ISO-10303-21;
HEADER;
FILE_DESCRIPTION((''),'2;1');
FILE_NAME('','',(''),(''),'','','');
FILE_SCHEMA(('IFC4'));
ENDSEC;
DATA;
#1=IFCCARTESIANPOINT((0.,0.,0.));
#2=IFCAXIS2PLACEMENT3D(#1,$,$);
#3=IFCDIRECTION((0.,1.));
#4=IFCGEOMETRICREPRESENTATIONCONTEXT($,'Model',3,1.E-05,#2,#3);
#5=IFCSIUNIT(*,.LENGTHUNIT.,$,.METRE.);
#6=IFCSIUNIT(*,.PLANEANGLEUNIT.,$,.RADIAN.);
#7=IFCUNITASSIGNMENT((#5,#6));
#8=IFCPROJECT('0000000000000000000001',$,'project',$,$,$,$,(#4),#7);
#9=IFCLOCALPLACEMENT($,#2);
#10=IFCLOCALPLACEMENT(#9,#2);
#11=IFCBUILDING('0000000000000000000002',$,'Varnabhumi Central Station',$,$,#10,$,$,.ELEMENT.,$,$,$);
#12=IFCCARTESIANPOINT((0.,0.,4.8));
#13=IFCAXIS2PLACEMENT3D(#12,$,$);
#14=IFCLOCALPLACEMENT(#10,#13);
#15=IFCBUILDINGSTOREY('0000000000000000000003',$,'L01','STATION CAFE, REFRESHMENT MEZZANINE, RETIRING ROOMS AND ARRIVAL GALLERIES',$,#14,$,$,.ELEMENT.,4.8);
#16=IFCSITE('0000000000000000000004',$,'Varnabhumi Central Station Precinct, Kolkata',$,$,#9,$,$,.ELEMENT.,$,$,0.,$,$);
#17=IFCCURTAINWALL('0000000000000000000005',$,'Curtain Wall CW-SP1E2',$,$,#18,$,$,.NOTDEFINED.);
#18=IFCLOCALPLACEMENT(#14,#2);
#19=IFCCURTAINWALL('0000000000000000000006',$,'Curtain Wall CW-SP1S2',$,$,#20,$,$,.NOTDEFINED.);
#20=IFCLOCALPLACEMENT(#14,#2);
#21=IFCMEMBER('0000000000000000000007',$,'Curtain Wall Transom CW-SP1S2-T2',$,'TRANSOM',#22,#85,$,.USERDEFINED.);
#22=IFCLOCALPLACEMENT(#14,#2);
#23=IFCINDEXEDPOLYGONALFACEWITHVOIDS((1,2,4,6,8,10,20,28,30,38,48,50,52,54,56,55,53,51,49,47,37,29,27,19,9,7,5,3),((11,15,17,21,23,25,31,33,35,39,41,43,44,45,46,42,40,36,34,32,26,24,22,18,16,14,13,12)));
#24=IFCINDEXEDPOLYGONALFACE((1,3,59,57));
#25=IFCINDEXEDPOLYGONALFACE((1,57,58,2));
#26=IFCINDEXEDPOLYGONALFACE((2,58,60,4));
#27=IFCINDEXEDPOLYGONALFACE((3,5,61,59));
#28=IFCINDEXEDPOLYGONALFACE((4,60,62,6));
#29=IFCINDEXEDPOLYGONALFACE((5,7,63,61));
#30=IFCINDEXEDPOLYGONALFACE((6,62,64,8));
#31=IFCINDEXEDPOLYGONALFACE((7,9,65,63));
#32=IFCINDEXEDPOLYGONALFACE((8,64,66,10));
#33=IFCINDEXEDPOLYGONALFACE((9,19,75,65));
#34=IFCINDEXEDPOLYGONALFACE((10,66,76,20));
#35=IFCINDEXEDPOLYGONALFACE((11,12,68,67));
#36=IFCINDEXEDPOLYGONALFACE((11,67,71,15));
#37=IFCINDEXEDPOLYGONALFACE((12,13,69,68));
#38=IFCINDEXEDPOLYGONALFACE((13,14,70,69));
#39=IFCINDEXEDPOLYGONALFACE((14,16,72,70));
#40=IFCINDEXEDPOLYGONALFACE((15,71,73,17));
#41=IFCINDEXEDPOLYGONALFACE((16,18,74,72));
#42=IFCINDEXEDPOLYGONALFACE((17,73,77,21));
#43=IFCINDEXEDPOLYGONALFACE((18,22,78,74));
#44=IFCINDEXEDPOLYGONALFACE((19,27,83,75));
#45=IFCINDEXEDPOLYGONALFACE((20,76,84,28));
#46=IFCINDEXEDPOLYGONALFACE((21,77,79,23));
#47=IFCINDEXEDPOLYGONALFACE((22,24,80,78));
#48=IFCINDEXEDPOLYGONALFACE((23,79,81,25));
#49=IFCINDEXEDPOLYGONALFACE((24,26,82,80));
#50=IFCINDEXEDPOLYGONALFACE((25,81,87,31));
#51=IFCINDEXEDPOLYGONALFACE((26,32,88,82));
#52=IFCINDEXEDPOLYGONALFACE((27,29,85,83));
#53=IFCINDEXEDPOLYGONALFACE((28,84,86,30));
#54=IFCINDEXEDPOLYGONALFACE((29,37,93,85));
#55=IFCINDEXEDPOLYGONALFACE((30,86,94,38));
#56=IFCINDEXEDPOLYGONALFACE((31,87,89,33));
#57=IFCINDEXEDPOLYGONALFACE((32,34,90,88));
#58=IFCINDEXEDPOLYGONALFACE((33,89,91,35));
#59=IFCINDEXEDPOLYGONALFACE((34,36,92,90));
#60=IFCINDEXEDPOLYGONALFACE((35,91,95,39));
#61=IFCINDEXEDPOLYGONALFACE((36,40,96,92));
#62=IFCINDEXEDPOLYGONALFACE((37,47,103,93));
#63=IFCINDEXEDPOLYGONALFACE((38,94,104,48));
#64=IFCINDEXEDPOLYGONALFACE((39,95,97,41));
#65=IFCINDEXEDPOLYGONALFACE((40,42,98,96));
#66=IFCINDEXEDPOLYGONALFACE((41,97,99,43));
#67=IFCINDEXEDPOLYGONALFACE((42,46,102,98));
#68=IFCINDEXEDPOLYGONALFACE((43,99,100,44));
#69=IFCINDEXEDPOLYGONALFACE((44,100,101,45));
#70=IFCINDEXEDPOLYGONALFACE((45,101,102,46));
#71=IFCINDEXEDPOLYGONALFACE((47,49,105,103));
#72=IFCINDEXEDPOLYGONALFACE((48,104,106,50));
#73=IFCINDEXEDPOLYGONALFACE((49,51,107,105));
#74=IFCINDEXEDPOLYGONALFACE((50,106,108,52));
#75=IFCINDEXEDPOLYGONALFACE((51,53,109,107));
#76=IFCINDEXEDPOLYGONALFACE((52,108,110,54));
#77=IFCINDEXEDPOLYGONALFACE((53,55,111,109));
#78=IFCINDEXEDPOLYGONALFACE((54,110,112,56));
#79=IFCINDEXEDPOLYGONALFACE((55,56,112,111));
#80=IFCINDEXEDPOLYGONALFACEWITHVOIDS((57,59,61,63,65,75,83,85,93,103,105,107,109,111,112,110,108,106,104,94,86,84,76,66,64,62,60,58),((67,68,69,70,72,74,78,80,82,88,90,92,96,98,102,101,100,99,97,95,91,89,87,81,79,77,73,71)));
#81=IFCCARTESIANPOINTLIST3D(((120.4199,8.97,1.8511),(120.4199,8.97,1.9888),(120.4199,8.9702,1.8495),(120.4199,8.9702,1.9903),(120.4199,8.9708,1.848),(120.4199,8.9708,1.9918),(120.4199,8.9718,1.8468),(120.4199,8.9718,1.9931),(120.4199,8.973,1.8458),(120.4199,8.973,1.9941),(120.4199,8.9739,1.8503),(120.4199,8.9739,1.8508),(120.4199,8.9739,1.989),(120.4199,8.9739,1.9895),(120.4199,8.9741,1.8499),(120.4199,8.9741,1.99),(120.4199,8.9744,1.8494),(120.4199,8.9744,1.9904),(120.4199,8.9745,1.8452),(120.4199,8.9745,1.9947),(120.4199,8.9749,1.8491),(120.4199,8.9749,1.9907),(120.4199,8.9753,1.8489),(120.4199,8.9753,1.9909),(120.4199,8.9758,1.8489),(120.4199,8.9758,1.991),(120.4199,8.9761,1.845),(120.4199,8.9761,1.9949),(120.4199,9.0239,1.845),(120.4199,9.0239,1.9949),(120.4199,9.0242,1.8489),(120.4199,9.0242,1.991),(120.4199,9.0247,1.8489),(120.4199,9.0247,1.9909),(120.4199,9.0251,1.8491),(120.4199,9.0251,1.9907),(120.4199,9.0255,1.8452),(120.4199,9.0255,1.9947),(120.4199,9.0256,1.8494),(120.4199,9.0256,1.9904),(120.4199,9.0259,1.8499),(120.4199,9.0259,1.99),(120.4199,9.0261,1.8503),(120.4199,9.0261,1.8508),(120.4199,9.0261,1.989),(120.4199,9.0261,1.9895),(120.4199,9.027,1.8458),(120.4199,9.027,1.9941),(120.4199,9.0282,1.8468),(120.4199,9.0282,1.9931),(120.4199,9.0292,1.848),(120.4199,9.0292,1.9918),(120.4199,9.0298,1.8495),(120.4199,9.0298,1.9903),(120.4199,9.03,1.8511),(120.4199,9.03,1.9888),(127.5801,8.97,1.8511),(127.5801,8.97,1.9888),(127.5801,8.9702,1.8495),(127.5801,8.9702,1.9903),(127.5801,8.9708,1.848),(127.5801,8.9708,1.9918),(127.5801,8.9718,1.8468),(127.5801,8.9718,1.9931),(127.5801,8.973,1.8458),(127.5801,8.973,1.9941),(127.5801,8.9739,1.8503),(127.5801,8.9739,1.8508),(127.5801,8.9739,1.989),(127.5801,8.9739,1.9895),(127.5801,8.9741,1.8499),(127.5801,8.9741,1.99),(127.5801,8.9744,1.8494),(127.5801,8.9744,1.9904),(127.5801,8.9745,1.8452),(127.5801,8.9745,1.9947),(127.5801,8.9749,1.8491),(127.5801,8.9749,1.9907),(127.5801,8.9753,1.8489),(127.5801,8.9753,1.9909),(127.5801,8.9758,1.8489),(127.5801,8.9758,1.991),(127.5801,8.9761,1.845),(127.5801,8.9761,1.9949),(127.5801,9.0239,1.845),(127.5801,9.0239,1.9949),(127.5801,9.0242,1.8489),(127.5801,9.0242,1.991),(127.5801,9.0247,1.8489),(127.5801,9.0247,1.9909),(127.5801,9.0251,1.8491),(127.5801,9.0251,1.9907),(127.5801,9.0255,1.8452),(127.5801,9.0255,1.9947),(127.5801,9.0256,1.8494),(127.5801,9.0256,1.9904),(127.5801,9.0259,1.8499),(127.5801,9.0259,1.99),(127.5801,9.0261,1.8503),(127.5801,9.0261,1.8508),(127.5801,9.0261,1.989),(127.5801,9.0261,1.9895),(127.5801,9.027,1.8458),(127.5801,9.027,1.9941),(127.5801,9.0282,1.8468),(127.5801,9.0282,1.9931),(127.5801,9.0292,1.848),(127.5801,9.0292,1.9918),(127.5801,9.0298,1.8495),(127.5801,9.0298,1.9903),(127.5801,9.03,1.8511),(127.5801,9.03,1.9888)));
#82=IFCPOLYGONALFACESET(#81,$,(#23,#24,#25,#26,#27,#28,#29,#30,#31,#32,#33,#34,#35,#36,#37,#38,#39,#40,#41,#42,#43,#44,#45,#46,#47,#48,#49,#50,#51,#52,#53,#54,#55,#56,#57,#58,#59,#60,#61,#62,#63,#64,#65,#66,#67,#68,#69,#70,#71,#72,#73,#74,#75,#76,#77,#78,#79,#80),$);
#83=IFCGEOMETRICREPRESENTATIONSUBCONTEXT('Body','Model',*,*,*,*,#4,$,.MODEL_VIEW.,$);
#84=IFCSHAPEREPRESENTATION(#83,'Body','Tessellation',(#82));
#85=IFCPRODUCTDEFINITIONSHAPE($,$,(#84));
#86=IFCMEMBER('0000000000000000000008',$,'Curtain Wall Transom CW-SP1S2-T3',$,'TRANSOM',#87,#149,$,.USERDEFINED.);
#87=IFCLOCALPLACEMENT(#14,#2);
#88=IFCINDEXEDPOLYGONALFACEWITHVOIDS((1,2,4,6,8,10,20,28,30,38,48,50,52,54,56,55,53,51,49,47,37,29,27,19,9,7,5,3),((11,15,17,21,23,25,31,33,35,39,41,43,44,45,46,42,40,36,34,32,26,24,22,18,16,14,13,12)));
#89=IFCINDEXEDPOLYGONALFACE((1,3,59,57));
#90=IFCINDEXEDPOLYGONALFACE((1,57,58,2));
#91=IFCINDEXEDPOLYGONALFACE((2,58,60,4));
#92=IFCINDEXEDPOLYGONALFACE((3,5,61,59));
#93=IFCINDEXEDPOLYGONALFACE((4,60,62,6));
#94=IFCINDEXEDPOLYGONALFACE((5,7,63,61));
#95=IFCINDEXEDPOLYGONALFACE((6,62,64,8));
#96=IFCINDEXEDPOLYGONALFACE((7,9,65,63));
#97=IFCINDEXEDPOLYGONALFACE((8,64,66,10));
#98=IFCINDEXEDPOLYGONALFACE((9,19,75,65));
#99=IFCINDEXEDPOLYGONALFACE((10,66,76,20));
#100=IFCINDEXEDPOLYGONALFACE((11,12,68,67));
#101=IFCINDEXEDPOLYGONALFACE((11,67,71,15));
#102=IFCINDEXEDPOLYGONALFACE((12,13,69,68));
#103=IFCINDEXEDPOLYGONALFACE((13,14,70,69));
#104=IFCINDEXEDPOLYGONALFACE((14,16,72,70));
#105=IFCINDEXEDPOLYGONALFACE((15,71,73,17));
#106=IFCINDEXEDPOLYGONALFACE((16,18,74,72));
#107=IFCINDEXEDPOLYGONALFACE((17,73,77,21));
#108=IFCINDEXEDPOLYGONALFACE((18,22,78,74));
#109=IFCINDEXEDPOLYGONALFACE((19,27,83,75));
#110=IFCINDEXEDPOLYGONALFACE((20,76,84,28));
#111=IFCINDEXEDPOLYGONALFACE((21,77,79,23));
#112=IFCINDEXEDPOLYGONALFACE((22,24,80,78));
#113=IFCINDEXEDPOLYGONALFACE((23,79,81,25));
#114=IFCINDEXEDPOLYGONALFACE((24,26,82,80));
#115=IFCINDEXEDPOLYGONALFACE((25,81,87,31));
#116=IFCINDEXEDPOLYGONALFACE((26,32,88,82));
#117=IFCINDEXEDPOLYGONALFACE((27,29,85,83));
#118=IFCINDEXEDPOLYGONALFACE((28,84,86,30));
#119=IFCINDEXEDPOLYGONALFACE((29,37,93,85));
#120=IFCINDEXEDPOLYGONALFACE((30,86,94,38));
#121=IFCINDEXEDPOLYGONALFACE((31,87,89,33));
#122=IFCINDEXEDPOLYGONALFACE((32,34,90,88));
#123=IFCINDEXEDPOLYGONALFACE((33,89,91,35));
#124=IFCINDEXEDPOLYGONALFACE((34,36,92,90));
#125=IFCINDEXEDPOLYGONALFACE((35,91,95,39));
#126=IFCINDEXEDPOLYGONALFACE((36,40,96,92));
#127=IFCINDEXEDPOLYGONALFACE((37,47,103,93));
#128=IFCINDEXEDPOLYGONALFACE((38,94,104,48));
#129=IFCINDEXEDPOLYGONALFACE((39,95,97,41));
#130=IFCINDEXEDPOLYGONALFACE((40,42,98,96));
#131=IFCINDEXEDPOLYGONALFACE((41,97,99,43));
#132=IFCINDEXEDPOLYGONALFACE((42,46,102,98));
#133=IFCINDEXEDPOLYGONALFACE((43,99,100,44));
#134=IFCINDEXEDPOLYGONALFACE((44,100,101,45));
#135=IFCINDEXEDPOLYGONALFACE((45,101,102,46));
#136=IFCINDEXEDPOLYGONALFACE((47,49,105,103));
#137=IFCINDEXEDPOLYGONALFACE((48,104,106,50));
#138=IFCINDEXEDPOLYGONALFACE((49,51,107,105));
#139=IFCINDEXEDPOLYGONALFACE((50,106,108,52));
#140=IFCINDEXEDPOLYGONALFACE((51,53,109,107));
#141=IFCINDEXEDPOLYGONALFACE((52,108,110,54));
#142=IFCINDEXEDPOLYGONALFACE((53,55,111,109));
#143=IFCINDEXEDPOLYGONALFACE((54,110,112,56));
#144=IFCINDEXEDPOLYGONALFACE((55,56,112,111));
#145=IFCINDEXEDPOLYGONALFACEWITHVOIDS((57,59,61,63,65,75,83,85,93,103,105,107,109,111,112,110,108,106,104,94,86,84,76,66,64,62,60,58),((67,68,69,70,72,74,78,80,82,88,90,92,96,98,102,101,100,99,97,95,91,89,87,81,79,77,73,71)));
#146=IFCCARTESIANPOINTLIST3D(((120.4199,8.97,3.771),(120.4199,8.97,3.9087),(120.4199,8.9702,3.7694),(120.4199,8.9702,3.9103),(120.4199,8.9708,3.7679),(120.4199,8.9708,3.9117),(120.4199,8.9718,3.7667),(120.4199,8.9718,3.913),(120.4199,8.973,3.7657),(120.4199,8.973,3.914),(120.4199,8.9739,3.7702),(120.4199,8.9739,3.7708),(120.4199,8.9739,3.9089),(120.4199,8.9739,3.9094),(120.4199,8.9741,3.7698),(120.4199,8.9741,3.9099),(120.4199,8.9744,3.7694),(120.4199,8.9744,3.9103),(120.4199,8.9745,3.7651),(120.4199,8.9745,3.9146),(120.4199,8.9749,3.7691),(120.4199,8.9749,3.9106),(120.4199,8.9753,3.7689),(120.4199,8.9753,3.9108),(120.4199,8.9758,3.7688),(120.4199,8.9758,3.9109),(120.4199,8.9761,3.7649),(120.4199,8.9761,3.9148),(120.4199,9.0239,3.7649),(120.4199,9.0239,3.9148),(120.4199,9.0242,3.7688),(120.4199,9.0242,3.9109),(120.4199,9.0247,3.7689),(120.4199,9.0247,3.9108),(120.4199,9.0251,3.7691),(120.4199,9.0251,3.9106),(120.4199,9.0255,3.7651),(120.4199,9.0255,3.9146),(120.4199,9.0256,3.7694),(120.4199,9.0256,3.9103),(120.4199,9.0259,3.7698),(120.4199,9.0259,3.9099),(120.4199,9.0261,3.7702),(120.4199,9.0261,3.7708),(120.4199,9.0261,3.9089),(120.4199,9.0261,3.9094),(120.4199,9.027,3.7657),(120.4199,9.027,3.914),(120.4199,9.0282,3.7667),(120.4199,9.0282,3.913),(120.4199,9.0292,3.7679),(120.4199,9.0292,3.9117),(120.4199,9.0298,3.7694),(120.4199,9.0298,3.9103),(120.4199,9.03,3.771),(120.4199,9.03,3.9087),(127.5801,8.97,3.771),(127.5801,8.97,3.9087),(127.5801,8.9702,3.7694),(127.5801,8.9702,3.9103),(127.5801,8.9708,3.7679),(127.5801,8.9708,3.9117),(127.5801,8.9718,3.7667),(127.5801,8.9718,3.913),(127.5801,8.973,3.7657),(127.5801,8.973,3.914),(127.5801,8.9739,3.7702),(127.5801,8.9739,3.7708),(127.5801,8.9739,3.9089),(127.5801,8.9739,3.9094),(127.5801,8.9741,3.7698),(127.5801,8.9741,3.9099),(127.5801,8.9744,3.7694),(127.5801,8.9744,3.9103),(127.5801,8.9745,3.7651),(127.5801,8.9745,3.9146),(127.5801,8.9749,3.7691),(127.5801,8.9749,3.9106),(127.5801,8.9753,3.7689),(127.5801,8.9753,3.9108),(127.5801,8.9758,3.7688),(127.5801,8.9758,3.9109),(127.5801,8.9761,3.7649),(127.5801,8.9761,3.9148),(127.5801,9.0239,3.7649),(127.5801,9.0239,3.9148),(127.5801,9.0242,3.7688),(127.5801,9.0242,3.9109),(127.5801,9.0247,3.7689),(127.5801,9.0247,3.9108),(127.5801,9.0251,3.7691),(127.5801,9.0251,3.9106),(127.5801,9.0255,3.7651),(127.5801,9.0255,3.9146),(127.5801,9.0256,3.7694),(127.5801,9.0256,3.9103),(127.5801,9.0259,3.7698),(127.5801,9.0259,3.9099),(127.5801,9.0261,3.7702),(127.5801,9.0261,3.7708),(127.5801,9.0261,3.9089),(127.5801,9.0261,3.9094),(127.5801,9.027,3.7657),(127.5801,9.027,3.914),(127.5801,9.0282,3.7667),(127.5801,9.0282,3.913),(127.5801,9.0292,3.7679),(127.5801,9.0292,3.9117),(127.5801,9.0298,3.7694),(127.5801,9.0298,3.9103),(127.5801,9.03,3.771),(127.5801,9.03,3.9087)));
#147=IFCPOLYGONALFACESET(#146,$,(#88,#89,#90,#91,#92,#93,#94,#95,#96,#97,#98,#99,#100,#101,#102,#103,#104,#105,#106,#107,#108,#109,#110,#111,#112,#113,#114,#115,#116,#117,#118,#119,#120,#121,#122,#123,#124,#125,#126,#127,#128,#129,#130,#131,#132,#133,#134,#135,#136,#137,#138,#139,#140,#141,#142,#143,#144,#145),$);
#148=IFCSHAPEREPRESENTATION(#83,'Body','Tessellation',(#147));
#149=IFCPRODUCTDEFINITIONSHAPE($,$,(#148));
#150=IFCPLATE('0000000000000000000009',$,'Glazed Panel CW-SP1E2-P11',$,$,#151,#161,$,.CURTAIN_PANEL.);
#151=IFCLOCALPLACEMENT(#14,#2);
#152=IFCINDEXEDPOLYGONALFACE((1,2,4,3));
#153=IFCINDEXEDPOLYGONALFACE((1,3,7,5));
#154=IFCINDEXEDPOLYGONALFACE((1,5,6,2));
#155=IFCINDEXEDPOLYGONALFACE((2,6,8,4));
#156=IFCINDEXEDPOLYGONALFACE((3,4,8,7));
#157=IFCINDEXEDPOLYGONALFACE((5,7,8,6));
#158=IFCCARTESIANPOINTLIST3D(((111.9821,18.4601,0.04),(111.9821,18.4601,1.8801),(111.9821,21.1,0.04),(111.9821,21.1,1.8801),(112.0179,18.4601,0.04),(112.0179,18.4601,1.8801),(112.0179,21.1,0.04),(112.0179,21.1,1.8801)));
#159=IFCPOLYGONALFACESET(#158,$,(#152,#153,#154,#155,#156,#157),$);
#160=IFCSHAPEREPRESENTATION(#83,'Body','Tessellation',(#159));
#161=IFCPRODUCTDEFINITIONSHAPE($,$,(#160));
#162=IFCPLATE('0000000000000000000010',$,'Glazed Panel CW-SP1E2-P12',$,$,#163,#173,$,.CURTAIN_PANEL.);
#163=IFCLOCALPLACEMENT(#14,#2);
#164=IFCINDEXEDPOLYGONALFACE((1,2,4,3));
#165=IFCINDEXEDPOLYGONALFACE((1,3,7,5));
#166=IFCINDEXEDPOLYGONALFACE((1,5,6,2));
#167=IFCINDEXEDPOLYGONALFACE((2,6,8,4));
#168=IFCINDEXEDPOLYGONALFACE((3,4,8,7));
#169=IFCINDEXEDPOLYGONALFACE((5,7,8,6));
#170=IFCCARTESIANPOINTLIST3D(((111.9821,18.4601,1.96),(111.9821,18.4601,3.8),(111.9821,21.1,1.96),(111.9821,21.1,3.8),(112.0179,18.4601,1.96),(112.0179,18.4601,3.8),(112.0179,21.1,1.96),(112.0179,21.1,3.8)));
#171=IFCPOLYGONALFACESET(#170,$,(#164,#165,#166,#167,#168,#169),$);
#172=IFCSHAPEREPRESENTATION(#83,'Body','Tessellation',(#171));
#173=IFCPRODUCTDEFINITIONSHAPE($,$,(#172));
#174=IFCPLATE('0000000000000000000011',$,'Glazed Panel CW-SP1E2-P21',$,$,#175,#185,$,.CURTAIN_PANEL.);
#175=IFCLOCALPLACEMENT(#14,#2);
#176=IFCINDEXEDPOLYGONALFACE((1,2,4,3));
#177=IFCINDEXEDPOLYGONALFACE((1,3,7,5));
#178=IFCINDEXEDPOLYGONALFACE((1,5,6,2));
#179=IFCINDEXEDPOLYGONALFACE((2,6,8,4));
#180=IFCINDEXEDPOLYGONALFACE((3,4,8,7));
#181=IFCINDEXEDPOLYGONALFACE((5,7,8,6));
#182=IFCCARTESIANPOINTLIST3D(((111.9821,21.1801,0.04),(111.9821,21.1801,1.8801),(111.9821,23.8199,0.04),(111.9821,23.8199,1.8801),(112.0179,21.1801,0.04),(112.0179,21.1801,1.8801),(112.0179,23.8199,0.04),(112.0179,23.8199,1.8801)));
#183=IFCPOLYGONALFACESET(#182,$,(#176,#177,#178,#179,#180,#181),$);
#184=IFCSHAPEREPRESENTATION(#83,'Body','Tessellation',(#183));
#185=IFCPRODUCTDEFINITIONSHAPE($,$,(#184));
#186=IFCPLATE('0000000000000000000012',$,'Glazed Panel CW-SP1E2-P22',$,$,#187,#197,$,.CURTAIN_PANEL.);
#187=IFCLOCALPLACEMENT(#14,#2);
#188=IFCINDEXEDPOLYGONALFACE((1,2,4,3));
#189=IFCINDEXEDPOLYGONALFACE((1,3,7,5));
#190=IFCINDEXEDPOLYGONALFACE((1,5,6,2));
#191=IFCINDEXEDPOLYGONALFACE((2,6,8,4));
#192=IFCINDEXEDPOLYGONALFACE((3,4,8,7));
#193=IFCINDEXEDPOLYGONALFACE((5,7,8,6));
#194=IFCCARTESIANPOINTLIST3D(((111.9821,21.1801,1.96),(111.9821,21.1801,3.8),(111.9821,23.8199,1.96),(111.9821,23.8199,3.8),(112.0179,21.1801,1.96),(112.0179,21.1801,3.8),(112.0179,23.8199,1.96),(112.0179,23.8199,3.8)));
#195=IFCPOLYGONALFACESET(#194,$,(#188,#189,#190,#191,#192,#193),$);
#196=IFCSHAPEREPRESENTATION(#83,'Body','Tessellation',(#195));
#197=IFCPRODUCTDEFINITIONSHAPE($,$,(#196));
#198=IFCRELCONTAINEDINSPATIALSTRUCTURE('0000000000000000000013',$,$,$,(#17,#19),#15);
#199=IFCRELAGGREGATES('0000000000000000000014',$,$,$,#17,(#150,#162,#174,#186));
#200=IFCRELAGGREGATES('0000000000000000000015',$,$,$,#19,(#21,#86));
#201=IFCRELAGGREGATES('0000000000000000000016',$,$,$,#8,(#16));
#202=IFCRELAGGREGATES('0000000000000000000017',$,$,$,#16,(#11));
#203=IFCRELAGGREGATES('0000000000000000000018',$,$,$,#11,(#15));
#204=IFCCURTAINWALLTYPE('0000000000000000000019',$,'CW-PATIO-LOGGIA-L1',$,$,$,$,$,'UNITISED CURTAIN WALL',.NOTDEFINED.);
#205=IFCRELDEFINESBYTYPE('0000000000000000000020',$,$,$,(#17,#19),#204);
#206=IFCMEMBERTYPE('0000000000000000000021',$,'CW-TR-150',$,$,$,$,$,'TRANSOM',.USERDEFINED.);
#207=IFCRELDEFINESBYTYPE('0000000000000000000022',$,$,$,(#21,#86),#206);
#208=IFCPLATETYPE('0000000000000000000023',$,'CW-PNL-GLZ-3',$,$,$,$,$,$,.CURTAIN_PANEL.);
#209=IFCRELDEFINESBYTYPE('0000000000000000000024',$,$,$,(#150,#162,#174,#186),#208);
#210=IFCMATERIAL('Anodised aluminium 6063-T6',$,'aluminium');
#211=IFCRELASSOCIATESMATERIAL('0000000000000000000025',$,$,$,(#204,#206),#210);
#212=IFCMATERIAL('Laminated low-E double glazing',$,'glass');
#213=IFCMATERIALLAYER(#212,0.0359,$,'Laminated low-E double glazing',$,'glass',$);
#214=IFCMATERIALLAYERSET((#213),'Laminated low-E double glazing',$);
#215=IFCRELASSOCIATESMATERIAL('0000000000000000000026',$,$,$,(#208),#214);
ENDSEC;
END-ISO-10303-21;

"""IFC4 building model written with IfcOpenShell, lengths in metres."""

from ifc_helpers import new_model, si_unit, direction, frame, origin, origin_2d, place, context, subcontext, project, spatial, rectangle, hollow_rectangle, extrude, material, layer, layer_set, material_profile, profile_set, type_object, element, aggregate, save


model = new_model("IFC4")

# Units and contexts
model_context = context("Model", 3, precision=1e-05, world=origin(), true_north=direction((0.0, 1.0)))
body_context = subcontext(model_context, "Body", "Model", "MODEL_VIEW")
ifc_project = project(units=[si_unit("LENGTHUNIT", "METRE"), si_unit("PLANEANGLEUNIT", "RADIAN")], contexts=[model_context])

# Site, building, storey
site_placement = place(None, origin())
site = spatial("IfcSite", under=ifc_project, at=site_placement, Name="Varnabhumi Central Station Precinct, Kolkata", CompositionType="ELEMENT", RefElevation=0.0)
building_placement = place(site_placement, origin())
building = spatial("IfcBuilding", under=site, at=building_placement, Name="Varnabhumi Central Station", CompositionType="ELEMENT")
storey_placement = place(building_placement, frame((0.0, 0.0, 4.8)))
storey = spatial("IfcBuildingStorey", under=building, at=storey_placement, Name="L01", Description="STATION CAFE, REFRESHMENT MEZZANINE, RETIRING ROOMS AND ARRIVAL GALLERIES", CompositionType="ELEMENT", Elevation=4.8)

# Curtain wall
ifc_material_1 = material(Name="Anodised aluminium 6063-T6", Category="aluminium")
curtain_wall_type = type_object("IfcCurtainWallType", Name="CW-PATIO-LOGGIA-L1", ElementType="UNITISED CURTAIN WALL", PredefinedType="NOTDEFINED", material=ifc_material_1)
curtain_wall_1_placement = place(storey_placement, origin())
curtain_wall_1 = element("IfcCurtainWall", 1, at=curtain_wall_1_placement, inside=storey, type_object=curtain_wall_type, Name="Curtain Wall CW-SP1E2", PredefinedType="NOTDEFINED")

# Curtain wall
curtain_wall_2_placement = place(storey_placement, origin())
curtain_wall_2 = element("IfcCurtainWall", 2, at=curtain_wall_2_placement, inside=storey, type_object=curtain_wall_type, Name="Curtain Wall CW-SP1S2", PredefinedType="NOTDEFINED")

# Members
ifc_material_profile_1 = material_profile(ifc_material_1, hollow_rectangle(XDim=0.0601, YDim=0.1499, WallThickness=0.0039, InnerFilletRadius=0.002, OuterFilletRadius=0.0061, at=origin_2d()), Name="Anodised aluminium 6063-T6", Category="aluminium")
ifc_profile_set_1 = profile_set([ifc_material_profile_1], Name="Anodised aluminium 6063-T6")
member_type_1 = type_object("IfcMemberType", Name="CW-TR-150", ElementType="TRANSOM", PredefinedType="USERDEFINED", material=ifc_profile_set_1)
member_1_placement = place(storey_placement, frame((120.4199, 9.0, 1.9199), z_axis=(1.0, 0.0, 0.0), x_axis=(0.0, 1.0, 0.0)))
member_1 = element("IfcMember", 3, at=member_1_placement, type_object=member_type_1, Name="Curtain Wall Transom CW-SP1S2-T2", ObjectType="TRANSOM", PredefinedType="USERDEFINED", context=body_context, shape_type="SweptSolid", body=[
    extrude(hollow_rectangle(XDim=0.0601, YDim=0.1499, WallThickness=0.0039, InnerFilletRadius=0.002, OuterFilletRadius=0.0061, at=origin_2d()), origin(), (0.0, 0.0, 1.0), 7.1602),
])
member_2_placement = place(storey_placement, frame((120.4199, 9.0, 3.8398), z_axis=(1.0, 0.0, 0.0), x_axis=(0.0, 1.0, 0.0)))
member_2 = element("IfcMember", 4, at=member_2_placement, type_object=member_type_1, Name="Curtain Wall Transom CW-SP1S2-T3", ObjectType="TRANSOM", PredefinedType="USERDEFINED", context=body_context, shape_type="SweptSolid", body=[
    extrude(hollow_rectangle(XDim=0.0601, YDim=0.1499, WallThickness=0.0039, InnerFilletRadius=0.002, OuterFilletRadius=0.0061, at=origin_2d()), origin(), (0.0, 0.0, 1.0), 7.1602),
])

# Plates
ifc_material_2 = material(Name="Laminated low-E double glazing", Category="glass")
ifc_layer_1 = layer(ifc_material_2, 0.0359, Name="Laminated low-E double glazing", Category="glass")
ifc_layer_set_1 = layer_set([ifc_layer_1], Name="Laminated low-E double glazing")
plate_type_1 = type_object("IfcPlateType", Name="CW-PNL-GLZ-3", PredefinedType="CURTAIN_PANEL", material=ifc_layer_set_1)
plate_1_placement = place(storey_placement, frame((112.0, 19.78, 0.04), z_axis=(0.0, 0.0, 1.0), x_axis=(0.0, 1.0, 0.0)))
plate_1 = element("IfcPlate", 5, at=plate_1_placement, type_object=plate_type_1, Name="Glazed Panel CW-SP1E2-P11", PredefinedType="CURTAIN_PANEL", context=body_context, shape_type="SweptSolid", body=[
    extrude(rectangle(XDim=2.6399, YDim=0.0359, at=origin_2d()), origin(), (0.0, 0.0, 1.0), 1.8401),
])
plate_2_placement = place(storey_placement, frame((112.0, 19.78, 1.96), z_axis=(0.0, 0.0, 1.0), x_axis=(0.0, 1.0, 0.0)))
plate_2 = element("IfcPlate", 6, at=plate_2_placement, type_object=plate_type_1, Name="Glazed Panel CW-SP1E2-P12", PredefinedType="CURTAIN_PANEL", context=body_context, shape_type="SweptSolid", body=[
    extrude(rectangle(XDim=2.6399, YDim=0.0359, at=origin_2d()), origin(), (0.0, 0.0, 1.0), 1.8401),
])
plate_3_placement = place(storey_placement, frame((112.0, 22.5, 0.04), z_axis=(0.0, 0.0, 1.0), x_axis=(0.0, 1.0, 0.0)))
plate_3 = element("IfcPlate", 7, at=plate_3_placement, type_object=plate_type_1, Name="Glazed Panel CW-SP1E2-P21", PredefinedType="CURTAIN_PANEL", context=body_context, shape_type="SweptSolid", body=[
    extrude(rectangle(XDim=2.6399, YDim=0.0359, at=origin_2d()), origin(), (0.0, 0.0, 1.0), 1.8401),
])
plate_4_placement = place(storey_placement, frame((112.0, 22.5, 1.96), z_axis=(0.0, 0.0, 1.0), x_axis=(0.0, 1.0, 0.0)))
plate_4 = element("IfcPlate", 8, at=plate_4_placement, type_object=plate_type_1, Name="Glazed Panel CW-SP1E2-P22", PredefinedType="CURTAIN_PANEL", context=body_context, shape_type="SweptSolid", body=[
    extrude(rectangle(XDim=2.6399, YDim=0.0359, at=origin_2d()), origin(), (0.0, 0.0, 1.0), 1.8401),
])
aggregate(curtain_wall_1, [plate_1, plate_2, plate_3, plate_4])
aggregate(curtain_wall_2, [member_1, member_2])

save(model, "model.ifc")
